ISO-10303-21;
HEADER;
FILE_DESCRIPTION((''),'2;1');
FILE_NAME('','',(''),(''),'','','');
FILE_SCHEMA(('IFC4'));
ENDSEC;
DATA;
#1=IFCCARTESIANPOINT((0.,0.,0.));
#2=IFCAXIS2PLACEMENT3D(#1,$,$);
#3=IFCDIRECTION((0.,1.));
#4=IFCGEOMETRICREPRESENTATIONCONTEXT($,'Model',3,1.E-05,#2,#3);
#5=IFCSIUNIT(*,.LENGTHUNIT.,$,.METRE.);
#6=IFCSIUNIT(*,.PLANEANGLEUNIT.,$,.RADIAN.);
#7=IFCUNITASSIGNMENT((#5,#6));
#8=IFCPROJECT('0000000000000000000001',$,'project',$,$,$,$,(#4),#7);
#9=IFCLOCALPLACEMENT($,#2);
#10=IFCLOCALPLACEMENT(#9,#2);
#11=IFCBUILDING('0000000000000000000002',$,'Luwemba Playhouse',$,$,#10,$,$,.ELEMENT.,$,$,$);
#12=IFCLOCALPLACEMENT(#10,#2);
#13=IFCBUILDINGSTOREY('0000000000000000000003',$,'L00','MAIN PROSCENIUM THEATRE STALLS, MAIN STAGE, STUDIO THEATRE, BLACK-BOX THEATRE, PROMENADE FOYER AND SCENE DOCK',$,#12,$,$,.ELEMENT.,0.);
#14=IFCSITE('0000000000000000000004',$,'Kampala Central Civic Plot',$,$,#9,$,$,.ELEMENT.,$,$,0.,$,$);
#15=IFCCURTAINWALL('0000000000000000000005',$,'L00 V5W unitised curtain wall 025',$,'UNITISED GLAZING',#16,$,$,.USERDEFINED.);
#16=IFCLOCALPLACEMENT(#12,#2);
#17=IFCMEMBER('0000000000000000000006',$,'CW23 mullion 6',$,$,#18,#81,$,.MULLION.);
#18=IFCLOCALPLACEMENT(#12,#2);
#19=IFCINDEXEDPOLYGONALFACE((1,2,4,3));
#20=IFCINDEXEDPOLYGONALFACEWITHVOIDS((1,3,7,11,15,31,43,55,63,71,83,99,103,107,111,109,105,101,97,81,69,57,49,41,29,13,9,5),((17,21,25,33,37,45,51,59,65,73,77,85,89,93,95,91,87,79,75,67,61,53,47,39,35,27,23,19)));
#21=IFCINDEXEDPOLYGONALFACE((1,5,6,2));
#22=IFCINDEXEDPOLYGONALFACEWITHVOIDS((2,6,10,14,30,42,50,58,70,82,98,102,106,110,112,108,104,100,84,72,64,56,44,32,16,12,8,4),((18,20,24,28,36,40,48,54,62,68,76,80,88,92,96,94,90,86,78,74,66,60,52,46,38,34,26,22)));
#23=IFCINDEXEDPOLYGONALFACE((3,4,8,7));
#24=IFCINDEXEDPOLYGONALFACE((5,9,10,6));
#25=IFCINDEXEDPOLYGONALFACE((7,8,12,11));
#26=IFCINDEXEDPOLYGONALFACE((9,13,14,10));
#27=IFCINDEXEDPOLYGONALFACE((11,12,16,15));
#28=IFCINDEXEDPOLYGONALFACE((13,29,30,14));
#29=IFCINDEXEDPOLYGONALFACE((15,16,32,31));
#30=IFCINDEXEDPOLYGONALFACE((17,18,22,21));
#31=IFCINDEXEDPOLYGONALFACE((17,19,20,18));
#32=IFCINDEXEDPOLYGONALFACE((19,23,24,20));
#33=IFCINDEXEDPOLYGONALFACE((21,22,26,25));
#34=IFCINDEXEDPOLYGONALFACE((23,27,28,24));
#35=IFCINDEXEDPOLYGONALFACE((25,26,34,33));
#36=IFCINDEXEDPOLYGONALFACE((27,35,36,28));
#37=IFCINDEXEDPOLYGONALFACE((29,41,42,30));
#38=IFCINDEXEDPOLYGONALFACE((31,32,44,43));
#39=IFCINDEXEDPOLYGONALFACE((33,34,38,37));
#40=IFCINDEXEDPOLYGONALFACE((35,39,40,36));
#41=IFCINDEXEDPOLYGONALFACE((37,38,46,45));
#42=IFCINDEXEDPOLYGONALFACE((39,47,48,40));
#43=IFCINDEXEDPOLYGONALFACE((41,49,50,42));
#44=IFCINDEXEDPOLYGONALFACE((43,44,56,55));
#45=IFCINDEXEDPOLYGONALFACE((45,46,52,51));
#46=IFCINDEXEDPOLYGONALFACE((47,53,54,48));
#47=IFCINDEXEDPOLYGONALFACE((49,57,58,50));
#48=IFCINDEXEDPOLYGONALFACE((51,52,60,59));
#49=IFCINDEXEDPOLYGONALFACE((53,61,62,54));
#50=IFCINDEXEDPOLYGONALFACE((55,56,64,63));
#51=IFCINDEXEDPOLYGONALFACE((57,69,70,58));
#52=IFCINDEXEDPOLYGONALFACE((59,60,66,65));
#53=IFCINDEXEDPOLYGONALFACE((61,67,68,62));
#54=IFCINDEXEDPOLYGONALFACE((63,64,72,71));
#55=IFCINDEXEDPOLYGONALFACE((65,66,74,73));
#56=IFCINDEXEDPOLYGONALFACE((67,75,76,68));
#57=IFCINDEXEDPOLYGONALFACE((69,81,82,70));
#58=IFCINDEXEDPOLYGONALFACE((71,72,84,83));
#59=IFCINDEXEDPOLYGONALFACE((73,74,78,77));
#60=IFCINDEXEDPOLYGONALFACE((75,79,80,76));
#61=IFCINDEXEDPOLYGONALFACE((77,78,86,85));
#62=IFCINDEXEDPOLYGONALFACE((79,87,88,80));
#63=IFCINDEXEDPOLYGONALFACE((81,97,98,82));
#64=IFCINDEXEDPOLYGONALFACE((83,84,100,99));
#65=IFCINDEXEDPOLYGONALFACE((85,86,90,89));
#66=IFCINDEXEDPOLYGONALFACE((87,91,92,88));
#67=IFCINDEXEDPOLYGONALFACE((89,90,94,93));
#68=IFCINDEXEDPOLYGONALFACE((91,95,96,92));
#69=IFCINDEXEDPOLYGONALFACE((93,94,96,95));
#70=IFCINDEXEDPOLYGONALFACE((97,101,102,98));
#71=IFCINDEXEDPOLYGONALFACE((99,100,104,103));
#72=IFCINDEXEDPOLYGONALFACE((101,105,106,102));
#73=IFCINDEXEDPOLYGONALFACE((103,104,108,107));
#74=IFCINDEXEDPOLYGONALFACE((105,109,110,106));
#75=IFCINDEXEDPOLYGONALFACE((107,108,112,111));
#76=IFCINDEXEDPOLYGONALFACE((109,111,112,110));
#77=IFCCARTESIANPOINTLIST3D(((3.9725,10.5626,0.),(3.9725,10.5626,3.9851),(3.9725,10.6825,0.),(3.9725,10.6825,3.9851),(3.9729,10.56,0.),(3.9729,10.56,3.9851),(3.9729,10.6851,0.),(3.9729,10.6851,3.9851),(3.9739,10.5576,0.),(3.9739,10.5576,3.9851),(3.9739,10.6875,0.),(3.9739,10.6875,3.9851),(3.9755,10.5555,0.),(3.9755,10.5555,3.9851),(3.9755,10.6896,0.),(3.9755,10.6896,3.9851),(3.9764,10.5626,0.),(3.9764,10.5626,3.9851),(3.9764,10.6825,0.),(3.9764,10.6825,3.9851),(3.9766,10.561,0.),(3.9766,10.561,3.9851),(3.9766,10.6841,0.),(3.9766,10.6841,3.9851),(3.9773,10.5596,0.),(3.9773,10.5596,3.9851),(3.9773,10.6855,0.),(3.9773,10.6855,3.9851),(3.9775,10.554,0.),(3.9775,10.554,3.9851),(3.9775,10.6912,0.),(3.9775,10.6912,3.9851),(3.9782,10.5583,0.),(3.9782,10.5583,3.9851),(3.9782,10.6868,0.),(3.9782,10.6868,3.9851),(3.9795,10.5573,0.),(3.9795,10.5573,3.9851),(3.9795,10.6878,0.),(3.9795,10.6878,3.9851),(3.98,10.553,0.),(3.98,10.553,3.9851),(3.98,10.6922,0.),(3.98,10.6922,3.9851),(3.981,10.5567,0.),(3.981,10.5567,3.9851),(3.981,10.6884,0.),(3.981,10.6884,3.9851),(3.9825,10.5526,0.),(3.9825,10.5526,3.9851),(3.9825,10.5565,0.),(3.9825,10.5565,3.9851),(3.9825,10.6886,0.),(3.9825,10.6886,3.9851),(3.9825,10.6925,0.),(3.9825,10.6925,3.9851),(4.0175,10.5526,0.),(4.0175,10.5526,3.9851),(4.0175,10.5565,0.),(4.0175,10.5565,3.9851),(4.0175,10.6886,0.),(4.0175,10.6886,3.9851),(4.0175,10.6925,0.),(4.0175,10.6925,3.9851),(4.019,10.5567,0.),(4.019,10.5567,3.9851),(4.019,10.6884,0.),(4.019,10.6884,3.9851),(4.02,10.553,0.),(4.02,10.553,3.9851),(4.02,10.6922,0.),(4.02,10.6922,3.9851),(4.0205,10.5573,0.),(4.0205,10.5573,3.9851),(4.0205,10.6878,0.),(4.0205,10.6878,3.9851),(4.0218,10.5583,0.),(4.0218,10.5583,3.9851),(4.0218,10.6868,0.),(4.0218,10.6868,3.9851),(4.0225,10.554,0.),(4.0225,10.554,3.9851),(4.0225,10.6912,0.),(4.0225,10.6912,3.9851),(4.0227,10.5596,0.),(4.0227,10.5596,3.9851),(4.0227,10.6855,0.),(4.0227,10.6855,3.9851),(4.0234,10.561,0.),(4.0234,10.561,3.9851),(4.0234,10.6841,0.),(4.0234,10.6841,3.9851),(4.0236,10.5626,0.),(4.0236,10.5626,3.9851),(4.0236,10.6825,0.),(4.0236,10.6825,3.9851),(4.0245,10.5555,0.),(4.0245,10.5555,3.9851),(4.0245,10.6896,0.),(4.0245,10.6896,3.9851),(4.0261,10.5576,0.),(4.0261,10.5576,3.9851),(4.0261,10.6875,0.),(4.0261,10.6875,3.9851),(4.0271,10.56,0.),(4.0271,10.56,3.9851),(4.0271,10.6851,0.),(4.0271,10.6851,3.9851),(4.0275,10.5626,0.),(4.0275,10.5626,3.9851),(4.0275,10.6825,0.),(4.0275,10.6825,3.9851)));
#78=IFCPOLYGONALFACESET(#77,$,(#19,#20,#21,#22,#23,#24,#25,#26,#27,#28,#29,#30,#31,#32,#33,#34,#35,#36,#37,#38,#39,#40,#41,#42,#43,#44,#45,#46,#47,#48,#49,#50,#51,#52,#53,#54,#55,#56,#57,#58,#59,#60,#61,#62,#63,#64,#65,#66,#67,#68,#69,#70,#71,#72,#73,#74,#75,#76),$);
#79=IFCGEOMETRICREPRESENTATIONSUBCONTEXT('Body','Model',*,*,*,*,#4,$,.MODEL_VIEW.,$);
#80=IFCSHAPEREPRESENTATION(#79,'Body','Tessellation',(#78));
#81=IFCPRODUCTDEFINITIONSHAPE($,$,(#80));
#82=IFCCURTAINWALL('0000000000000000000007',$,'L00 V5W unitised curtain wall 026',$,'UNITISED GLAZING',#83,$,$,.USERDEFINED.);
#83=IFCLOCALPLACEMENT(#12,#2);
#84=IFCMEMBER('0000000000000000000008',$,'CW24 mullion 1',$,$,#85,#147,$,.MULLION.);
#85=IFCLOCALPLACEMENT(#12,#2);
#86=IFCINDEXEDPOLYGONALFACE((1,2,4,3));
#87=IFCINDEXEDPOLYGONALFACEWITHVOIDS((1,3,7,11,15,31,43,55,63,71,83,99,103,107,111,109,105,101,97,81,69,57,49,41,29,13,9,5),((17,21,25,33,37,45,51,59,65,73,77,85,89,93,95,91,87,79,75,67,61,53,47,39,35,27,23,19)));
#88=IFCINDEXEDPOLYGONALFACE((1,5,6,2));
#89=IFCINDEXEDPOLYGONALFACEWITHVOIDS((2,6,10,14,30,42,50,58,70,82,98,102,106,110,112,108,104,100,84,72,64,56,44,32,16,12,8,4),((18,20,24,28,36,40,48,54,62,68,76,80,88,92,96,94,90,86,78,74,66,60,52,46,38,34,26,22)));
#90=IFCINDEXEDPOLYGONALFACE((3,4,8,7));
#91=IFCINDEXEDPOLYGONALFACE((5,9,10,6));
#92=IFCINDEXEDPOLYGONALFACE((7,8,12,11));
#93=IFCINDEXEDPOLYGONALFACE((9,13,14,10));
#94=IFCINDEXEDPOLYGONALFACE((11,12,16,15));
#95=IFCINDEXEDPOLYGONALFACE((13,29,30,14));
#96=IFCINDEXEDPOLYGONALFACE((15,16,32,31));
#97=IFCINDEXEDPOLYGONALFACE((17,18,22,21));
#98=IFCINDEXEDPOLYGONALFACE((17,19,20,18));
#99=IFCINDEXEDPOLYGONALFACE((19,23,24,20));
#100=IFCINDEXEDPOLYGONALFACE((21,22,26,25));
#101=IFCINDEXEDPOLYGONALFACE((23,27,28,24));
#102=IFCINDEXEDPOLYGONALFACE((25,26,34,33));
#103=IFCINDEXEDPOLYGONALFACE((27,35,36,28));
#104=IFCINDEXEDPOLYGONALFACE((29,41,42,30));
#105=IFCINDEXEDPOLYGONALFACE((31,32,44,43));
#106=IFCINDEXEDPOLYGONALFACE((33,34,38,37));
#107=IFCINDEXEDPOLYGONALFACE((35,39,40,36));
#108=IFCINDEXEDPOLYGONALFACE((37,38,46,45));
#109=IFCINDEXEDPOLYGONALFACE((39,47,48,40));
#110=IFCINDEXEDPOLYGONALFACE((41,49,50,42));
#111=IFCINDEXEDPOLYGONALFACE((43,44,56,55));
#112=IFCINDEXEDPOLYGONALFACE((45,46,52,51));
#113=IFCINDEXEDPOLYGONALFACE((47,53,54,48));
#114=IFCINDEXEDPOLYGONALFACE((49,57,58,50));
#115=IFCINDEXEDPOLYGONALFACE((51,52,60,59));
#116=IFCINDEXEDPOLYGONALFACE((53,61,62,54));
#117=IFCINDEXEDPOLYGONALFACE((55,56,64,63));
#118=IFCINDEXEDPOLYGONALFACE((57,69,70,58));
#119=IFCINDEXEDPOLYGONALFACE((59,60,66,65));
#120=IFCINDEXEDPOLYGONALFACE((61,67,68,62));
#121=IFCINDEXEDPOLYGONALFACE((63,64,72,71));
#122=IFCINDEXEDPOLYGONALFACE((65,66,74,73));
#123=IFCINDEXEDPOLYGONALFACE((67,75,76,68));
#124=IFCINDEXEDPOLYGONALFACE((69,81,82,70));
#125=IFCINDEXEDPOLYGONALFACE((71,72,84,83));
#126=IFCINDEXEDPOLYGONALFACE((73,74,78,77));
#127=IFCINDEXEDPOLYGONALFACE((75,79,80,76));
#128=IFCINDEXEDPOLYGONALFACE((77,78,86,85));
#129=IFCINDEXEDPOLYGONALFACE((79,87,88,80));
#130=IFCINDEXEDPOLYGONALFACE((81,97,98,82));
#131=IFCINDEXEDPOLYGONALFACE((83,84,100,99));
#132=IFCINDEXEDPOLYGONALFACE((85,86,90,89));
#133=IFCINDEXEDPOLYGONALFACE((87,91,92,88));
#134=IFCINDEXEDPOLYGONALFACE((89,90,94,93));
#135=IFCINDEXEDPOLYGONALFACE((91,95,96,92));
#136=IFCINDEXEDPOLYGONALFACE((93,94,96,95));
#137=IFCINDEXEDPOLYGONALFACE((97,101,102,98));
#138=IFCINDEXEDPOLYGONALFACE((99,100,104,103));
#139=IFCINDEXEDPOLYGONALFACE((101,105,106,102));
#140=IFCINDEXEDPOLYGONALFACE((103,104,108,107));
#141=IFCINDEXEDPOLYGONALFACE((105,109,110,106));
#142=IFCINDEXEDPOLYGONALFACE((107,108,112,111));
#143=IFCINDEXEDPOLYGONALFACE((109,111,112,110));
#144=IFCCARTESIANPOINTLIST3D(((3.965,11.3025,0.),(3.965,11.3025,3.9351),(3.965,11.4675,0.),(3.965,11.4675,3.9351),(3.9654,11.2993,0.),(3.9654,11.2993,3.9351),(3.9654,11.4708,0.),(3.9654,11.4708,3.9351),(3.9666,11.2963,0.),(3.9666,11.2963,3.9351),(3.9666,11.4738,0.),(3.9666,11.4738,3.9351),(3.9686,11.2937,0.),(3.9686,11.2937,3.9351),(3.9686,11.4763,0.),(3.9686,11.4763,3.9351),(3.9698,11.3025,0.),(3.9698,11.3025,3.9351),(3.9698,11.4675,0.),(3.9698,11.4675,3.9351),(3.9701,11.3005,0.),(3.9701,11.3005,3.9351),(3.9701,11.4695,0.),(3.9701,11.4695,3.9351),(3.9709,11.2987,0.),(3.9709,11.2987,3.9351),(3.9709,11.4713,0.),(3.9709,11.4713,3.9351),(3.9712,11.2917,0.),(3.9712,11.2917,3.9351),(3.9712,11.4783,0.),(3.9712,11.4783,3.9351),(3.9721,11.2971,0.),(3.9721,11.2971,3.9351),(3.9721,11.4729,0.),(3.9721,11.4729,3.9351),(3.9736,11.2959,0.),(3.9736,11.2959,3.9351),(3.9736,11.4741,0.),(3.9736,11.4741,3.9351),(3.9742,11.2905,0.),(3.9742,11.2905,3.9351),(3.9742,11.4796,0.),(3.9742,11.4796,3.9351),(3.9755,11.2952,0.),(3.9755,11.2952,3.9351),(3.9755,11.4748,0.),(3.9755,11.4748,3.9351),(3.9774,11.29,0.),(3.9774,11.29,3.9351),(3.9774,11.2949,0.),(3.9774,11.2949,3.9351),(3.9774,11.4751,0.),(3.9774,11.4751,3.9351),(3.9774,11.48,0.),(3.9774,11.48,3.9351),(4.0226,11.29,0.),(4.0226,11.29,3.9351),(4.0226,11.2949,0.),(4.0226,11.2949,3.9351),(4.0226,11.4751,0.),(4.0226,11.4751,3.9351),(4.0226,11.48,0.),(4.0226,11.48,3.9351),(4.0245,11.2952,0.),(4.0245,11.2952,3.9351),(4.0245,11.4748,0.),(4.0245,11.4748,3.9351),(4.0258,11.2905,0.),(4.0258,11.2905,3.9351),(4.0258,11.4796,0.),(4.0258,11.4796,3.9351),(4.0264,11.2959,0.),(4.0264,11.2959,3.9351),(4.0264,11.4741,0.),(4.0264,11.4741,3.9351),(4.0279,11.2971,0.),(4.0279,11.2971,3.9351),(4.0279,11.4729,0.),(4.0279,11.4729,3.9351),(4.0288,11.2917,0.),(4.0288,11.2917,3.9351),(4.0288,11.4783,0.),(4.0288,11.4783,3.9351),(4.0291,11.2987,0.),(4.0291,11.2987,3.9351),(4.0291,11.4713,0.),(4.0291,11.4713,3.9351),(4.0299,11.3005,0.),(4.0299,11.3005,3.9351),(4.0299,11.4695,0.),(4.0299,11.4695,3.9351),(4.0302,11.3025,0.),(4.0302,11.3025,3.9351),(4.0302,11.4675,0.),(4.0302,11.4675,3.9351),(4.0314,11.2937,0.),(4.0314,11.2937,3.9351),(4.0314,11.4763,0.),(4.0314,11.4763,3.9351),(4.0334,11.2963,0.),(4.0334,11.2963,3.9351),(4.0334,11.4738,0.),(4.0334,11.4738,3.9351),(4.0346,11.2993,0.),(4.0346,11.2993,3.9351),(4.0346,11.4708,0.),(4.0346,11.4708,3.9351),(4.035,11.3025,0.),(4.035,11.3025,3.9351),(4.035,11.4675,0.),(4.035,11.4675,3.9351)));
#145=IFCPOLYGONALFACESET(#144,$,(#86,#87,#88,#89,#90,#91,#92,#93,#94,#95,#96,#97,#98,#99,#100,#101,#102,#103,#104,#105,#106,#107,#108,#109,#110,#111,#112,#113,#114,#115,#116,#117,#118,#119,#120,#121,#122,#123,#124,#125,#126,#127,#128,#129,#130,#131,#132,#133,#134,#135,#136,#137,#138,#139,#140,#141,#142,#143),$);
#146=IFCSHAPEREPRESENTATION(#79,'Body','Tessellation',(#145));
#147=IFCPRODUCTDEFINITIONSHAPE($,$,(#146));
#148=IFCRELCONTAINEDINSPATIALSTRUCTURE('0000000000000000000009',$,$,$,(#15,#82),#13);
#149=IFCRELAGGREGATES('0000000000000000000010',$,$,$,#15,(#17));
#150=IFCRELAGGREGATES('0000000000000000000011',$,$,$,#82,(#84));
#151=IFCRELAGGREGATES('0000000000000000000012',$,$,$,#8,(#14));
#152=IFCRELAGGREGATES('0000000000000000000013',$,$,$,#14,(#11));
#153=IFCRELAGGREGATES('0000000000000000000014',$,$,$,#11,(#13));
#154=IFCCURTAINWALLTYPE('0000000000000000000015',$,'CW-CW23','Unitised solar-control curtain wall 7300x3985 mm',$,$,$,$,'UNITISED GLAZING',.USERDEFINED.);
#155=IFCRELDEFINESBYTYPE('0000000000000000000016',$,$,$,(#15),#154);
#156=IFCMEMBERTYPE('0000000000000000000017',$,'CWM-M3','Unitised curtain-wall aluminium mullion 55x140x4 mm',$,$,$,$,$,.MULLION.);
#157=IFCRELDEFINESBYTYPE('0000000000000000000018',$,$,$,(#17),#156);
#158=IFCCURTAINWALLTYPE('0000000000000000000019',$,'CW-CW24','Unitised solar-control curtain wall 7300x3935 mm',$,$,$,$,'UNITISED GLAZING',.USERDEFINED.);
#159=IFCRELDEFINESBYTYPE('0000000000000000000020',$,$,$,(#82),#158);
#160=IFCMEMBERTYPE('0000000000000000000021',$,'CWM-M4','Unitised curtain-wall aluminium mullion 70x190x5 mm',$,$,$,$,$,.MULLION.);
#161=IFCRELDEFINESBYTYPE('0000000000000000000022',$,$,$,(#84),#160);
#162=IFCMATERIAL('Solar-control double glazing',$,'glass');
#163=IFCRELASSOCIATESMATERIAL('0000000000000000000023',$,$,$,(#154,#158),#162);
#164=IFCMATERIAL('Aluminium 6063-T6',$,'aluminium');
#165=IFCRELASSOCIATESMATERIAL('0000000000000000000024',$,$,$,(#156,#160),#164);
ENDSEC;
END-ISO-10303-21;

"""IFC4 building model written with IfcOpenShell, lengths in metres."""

from ifc_helpers import new_model, si_unit, direction, frame, origin, origin_2d, place, context, subcontext, project, spatial, hollow_rectangle, extrude, material, material_profile, profile_set, type_object, element, aggregate, save


model = new_model("IFC4")

# Units and contexts
model_context = context("Model", 3, precision=1e-05, world=origin(), true_north=direction((0.0, 1.0)))
body_context = subcontext(model_context, "Body", "Model", "MODEL_VIEW")
ifc_project = project(units=[si_unit("LENGTHUNIT", "METRE"), si_unit("PLANEANGLEUNIT", "RADIAN")], contexts=[model_context])

# Site, building, storey
site_placement = place(None, origin())
site = spatial("IfcSite", under=ifc_project, at=site_placement, Name="Kampala Central Civic Plot", CompositionType="ELEMENT", RefElevation=0.0)
building_placement = place(site_placement, origin())
building = spatial("IfcBuilding", under=site, at=building_placement, Name="Luwemba Playhouse", CompositionType="ELEMENT")
storey_placement = place(building_placement, origin())
storey = spatial("IfcBuildingStorey", under=building, at=storey_placement, Name="L00", Description="MAIN PROSCENIUM THEATRE STALLS, MAIN STAGE, STUDIO THEATRE, BLACK-BOX THEATRE, PROMENADE FOYER AND SCENE DOCK", CompositionType="ELEMENT", Elevation=0.0)

# Curtain walls, members
ifc_material_1 = material(Name="Solar-control double glazing", Category="glass")
curtain_wall_type_1 = type_object("IfcCurtainWallType", Name="CW-CW23", Description="Unitised solar-control curtain wall 7300x3985 mm", ElementType="UNITISED GLAZING", PredefinedType="USERDEFINED", material=ifc_material_1)
curtain_wall_1_placement = place(storey_placement, origin())
curtain_wall_1 = element("IfcCurtainWall", 1, at=curtain_wall_1_placement, inside=storey, type_object=curtain_wall_type_1, Name="L00 V5W unitised curtain wall 025", ObjectType="UNITISED GLAZING", PredefinedType="USERDEFINED")
ifc_material_2 = material(Name="Aluminium 6063-T6", Category="aluminium")
ifc_material_profile_1 = material_profile(ifc_material_2, hollow_rectangle(XDim=0.0549, YDim=0.1399, WallThickness=0.0039, InnerFilletRadius=0.0061, OuterFilletRadius=0.01, at=origin_2d()))
ifc_profile_set_1 = profile_set([ifc_material_profile_1], Name="Aluminium 6063-T6")
member_type_1 = type_object("IfcMemberType", Name="CWM-M3", Description="Unitised curtain-wall aluminium mullion 55x140x4 mm", PredefinedType="MULLION", material=ifc_profile_set_1)
member_1_placement = place(storey_placement, frame((4.0, 10.6226, 0.0), z_axis=(0.0, 0.0, 1.0), x_axis=(-1.0, 0.0, 0.0)))
member_1 = element("IfcMember", 2, at=member_1_placement, type_object=member_type_1, Name="CW23 mullion 6", PredefinedType="MULLION", context=body_context, shape_type="SweptSolid", body=[
    extrude(hollow_rectangle(XDim=0.0549, YDim=0.1399, WallThickness=0.0039, InnerFilletRadius=0.0061, OuterFilletRadius=0.01, at=origin_2d()), origin(), (0.0, 0.0, 1.0), 3.9851),
])
curtain_wall_type_2 = type_object("IfcCurtainWallType", Name="CW-CW24", Description="Unitised solar-control curtain wall 7300x3935 mm", ElementType="UNITISED GLAZING", PredefinedType="USERDEFINED", material=ifc_material_1)
curtain_wall_2_placement = place(storey_placement, origin())
curtain_wall_2 = element("IfcCurtainWall", 3, at=curtain_wall_2_placement, inside=storey, type_object=curtain_wall_type_2, Name="L00 V5W unitised curtain wall 026", ObjectType="UNITISED GLAZING", PredefinedType="USERDEFINED")
ifc_material_profile_2 = material_profile(ifc_material_2, hollow_rectangle(XDim=0.0701, YDim=0.1899, WallThickness=0.0049, InnerFilletRadius=0.0076, OuterFilletRadius=0.0125, at=origin_2d()))
ifc_profile_set_2 = profile_set([ifc_material_profile_2], Name="Aluminium 6063-T6")
member_type_2 = type_object("IfcMemberType", Name="CWM-M4", Description="Unitised curtain-wall aluminium mullion 70x190x5 mm", PredefinedType="MULLION", material=ifc_profile_set_2)
member_2_placement = place(storey_placement, frame((4.0, 11.385, 0.0), z_axis=(0.0, 0.0, 1.0), x_axis=(-1.0, 0.0, 0.0)))
member_2 = element("IfcMember", 4, at=member_2_placement, type_object=member_type_2, Name="CW24 mullion 1", PredefinedType="MULLION", context=body_context, shape_type="SweptSolid", body=[
    extrude(hollow_rectangle(XDim=0.0701, YDim=0.1899, WallThickness=0.0049, InnerFilletRadius=0.0076, OuterFilletRadius=0.0125, at=origin_2d()), origin(), (0.0, 0.0, 1.0), 3.9351),
])

aggregate(curtain_wall_1, [member_1])
aggregate(curtain_wall_2, [member_2])

save(model, "model.ifc")
